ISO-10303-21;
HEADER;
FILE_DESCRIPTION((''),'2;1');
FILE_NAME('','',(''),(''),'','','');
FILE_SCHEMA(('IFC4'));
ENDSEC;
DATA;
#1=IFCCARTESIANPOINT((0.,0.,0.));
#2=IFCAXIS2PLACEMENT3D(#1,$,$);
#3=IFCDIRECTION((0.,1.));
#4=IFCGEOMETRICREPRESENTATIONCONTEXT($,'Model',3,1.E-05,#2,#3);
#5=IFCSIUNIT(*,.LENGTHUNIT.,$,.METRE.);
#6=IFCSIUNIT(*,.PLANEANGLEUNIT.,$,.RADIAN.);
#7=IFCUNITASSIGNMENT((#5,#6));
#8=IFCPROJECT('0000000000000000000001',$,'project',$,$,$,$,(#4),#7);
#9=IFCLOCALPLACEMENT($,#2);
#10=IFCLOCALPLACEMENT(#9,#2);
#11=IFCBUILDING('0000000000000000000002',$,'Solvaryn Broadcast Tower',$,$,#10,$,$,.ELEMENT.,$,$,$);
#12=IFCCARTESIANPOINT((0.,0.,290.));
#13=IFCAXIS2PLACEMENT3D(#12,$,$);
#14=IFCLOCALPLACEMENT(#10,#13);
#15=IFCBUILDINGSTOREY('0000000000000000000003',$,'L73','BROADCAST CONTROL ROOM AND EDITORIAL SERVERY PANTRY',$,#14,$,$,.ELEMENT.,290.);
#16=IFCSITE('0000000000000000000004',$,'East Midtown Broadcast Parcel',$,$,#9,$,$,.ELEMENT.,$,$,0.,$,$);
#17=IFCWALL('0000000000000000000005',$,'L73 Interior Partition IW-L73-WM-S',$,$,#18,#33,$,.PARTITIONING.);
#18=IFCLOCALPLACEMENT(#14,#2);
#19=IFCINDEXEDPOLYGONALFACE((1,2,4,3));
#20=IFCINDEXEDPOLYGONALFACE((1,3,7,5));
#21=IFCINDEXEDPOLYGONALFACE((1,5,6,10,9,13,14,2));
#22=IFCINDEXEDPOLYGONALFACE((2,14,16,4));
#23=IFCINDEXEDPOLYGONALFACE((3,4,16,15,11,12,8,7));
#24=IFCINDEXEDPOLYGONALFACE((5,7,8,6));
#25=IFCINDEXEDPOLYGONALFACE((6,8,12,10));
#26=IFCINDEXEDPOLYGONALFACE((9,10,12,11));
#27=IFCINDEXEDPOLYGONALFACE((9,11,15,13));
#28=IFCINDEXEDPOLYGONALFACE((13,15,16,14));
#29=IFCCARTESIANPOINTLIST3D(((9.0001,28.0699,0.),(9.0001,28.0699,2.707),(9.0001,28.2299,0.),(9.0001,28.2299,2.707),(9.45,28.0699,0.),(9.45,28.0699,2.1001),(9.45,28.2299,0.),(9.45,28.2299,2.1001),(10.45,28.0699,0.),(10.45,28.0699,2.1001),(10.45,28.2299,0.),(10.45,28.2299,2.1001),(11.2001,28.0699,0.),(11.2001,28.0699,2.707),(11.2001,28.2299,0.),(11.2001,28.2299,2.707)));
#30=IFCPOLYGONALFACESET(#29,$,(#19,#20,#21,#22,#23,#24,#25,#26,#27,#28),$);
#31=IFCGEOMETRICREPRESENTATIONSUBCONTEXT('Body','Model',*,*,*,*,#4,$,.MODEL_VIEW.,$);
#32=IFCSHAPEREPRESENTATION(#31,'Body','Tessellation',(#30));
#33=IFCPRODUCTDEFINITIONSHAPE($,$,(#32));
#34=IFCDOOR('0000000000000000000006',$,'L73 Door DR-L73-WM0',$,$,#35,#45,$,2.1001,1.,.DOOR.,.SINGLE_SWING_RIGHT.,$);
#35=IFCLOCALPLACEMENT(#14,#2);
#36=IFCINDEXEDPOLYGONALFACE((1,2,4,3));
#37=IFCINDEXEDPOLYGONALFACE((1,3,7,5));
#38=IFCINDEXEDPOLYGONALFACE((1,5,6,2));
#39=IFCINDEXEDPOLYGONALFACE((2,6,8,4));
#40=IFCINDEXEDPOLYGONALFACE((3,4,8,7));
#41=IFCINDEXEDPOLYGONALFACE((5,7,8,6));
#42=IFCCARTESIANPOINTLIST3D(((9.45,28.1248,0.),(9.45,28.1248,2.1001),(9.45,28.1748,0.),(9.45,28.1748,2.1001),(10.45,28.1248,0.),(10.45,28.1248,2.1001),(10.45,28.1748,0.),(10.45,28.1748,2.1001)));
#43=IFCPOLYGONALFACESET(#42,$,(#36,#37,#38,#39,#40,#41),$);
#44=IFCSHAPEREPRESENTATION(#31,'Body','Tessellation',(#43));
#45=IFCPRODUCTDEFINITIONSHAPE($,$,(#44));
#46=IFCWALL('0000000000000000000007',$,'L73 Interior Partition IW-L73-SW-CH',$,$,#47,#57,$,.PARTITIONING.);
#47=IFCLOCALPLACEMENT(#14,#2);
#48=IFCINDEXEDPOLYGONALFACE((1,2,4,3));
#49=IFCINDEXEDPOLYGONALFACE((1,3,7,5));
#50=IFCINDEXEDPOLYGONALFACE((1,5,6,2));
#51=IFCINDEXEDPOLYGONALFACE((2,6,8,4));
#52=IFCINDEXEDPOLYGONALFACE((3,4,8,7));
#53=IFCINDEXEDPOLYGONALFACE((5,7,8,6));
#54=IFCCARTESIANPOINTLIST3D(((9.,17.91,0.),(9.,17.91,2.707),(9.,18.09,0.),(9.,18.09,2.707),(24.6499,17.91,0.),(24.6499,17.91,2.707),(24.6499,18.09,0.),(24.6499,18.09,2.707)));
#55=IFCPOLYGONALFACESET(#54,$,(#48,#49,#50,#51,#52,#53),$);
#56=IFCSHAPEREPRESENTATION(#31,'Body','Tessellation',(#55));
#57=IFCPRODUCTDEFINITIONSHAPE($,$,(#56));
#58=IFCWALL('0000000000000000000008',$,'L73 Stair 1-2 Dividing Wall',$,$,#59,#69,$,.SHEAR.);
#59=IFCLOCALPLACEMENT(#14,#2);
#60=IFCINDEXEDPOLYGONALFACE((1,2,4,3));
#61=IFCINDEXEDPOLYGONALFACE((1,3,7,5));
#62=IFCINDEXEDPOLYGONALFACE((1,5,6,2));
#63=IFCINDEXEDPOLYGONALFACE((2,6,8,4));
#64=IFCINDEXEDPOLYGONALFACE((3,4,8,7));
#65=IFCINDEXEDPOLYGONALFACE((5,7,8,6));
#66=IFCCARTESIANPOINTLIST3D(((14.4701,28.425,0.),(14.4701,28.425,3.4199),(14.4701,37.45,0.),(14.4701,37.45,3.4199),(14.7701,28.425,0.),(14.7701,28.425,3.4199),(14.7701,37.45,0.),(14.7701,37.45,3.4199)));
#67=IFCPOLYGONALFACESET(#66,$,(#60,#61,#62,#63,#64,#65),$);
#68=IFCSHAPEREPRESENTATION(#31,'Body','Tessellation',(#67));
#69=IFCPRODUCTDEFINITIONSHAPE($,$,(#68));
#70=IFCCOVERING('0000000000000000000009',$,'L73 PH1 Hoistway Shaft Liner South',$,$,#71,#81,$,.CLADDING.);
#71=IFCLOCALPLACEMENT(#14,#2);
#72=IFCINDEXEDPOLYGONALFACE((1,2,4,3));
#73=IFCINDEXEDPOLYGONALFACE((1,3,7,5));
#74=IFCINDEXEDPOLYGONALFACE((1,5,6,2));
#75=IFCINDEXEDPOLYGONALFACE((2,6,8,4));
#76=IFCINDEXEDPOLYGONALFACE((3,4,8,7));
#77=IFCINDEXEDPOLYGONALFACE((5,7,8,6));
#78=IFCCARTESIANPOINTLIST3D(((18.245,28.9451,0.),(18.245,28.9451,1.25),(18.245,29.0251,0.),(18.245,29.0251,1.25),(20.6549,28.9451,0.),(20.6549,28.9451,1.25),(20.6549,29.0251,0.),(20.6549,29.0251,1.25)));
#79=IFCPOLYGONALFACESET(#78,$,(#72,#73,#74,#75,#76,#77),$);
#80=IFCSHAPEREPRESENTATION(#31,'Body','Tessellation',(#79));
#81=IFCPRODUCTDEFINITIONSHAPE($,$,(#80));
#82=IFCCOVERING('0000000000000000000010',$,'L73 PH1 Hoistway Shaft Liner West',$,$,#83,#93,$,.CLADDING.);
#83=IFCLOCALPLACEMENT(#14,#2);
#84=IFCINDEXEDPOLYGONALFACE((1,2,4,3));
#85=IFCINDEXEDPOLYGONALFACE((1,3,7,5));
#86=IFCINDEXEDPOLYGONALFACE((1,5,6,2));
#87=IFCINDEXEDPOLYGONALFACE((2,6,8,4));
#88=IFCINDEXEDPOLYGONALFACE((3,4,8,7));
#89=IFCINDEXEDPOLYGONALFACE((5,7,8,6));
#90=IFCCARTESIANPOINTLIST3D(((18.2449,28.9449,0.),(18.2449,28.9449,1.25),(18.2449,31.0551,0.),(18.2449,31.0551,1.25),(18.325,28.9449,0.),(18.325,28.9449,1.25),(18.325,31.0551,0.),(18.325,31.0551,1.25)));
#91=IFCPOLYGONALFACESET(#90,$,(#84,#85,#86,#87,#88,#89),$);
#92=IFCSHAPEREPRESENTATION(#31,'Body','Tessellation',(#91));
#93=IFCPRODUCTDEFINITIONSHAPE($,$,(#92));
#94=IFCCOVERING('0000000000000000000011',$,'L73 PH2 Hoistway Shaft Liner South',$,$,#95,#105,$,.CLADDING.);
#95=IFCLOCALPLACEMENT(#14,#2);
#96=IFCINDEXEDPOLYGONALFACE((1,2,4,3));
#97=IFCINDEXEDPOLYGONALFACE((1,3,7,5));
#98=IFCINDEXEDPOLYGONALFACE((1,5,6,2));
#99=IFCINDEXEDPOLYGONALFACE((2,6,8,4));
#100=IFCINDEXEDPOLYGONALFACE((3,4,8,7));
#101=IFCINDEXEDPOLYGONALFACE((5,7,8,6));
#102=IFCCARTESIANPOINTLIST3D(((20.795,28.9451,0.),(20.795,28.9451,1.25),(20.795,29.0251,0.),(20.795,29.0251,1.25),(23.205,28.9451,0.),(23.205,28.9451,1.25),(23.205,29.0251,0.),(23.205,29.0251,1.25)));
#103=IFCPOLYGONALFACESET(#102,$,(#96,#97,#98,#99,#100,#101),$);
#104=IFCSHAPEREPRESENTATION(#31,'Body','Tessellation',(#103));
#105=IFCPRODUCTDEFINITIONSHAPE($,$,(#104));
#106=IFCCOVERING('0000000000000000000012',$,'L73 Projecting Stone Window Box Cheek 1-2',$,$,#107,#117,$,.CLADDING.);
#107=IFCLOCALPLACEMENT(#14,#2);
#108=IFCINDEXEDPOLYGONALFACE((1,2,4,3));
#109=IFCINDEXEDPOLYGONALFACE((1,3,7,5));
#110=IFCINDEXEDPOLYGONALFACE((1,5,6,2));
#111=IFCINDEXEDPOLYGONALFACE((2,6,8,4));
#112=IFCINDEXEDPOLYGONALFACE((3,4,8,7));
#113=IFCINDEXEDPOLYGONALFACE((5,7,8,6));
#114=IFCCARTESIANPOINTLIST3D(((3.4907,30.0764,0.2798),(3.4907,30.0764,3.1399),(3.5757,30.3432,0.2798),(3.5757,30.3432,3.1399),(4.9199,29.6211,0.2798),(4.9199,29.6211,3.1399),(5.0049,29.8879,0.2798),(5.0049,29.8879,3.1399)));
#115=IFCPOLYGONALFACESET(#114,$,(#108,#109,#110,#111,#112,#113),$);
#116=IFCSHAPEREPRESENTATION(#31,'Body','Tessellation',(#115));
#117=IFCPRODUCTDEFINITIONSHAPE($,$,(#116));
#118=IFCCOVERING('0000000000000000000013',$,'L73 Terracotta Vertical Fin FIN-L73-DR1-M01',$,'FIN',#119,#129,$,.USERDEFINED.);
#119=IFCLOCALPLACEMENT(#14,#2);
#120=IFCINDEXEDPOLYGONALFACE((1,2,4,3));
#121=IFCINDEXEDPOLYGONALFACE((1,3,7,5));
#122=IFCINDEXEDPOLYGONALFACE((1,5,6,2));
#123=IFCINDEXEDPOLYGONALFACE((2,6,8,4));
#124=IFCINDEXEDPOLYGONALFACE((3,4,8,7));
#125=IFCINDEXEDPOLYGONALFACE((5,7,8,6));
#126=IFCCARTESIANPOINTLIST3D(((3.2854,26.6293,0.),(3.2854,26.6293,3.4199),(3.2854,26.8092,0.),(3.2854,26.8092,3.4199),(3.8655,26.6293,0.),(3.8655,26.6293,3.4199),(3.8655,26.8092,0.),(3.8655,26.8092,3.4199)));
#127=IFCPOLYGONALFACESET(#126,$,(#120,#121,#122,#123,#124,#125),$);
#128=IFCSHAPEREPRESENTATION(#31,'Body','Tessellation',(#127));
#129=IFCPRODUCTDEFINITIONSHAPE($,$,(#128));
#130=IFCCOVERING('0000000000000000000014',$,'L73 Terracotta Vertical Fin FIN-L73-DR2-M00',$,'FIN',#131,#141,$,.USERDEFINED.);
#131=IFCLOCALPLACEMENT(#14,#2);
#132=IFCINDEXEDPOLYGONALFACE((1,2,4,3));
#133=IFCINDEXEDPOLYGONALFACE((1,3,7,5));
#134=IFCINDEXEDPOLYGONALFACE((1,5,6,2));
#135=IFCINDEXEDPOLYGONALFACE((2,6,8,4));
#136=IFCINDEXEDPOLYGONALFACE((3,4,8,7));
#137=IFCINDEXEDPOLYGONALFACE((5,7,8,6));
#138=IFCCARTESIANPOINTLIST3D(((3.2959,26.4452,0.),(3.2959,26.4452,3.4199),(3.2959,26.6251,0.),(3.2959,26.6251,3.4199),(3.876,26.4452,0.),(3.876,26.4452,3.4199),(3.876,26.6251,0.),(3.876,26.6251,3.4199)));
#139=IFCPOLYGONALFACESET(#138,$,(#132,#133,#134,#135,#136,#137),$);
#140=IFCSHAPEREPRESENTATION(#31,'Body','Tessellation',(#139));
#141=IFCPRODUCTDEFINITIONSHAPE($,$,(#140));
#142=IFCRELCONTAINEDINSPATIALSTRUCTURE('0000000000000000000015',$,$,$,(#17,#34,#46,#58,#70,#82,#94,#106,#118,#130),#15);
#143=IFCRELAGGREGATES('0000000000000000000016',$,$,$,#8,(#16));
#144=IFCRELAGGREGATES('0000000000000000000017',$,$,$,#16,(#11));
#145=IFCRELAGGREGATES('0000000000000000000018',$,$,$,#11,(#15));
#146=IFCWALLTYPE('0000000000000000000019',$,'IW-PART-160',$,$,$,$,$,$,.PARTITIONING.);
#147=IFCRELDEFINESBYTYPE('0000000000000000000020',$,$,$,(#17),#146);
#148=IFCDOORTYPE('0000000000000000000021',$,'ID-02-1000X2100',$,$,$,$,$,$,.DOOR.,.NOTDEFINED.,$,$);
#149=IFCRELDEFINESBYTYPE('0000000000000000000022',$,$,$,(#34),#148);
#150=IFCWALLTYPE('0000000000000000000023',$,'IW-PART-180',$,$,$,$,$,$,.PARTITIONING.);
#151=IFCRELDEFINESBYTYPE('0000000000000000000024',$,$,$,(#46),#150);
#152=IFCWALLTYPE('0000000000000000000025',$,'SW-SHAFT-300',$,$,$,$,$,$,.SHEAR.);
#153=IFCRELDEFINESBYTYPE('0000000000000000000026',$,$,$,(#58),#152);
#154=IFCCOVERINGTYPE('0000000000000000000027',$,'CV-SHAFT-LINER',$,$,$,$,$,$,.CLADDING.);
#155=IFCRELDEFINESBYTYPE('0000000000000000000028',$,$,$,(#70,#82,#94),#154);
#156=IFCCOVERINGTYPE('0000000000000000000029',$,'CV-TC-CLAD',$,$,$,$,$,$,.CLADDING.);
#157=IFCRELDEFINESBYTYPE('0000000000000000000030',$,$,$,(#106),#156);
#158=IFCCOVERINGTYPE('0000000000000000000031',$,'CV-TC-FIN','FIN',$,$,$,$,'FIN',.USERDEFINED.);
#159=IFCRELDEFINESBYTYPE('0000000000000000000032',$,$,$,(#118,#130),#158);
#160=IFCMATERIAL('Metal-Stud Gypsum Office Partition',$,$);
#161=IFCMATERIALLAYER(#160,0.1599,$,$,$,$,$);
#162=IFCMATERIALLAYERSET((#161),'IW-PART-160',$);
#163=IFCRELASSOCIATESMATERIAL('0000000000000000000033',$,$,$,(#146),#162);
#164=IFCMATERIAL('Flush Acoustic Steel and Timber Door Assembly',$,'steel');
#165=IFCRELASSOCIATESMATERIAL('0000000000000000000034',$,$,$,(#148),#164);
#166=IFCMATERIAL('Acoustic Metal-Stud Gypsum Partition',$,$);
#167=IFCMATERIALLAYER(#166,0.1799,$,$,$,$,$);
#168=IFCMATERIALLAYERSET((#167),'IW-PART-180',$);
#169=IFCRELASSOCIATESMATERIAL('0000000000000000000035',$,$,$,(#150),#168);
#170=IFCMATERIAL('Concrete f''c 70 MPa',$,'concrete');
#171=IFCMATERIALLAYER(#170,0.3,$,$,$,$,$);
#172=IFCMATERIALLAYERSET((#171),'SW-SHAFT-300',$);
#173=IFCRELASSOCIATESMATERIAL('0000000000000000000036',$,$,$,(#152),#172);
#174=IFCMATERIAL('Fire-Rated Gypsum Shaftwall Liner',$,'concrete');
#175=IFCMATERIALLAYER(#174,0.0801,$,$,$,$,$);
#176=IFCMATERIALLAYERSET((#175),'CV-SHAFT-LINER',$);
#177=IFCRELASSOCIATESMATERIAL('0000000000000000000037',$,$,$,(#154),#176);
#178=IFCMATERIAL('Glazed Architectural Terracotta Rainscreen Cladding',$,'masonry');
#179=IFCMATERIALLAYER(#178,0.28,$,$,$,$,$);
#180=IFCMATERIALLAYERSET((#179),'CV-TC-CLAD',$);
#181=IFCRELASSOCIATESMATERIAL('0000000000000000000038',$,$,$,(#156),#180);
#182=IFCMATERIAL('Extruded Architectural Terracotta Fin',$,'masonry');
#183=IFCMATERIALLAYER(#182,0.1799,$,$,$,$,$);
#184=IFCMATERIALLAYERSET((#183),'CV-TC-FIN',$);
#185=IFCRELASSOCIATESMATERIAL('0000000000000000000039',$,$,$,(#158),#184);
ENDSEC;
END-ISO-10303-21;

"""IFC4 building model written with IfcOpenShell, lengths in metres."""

from ifc_helpers import new_model, si_unit, direction, frame, frame_2d, origin, origin_2d, place, context, subcontext, project, spatial, rectangle, extrude, material, layer, layer_set, type_object, element, fill, save


model = new_model("IFC4")

# Units and contexts
model_context = context("Model", 3, precision=1e-05, world=origin(), true_north=direction((0.0, 1.0)))
body_context = subcontext(model_context, "Body", "Model", "MODEL_VIEW")
ifc_project = project(units=[si_unit("LENGTHUNIT", "METRE"), si_unit("PLANEANGLEUNIT", "RADIAN")], contexts=[model_context])

# Site, building, storey
site_placement = place(None, origin())
site = spatial("IfcSite", under=ifc_project, at=site_placement, Name="East Midtown Broadcast Parcel", CompositionType="ELEMENT", RefElevation=0.0)
building_placement = place(site_placement, origin())
building = spatial("IfcBuilding", under=site, at=building_placement, Name="Solvaryn Broadcast Tower", CompositionType="ELEMENT")
storey_placement = place(building_placement, frame((0.0, 0.0, 290.0)))
storey = spatial("IfcBuildingStorey", under=building, at=storey_placement, Name="L73", Description="BROADCAST CONTROL ROOM AND EDITORIAL SERVERY PANTRY", CompositionType="ELEMENT", Elevation=290.0)

# Wall, opening, door
ifc_material_1 = material(Name="Metal-Stud Gypsum Office Partition")
ifc_layer_1 = layer(ifc_material_1, 0.1599)
ifc_layer_set_1 = layer_set([ifc_layer_1], Name="IW-PART-160")
wall_type_1 = type_object("IfcWallType", Name="IW-PART-160", PredefinedType="PARTITIONING", material=ifc_layer_set_1)
wall_1_placement = place(storey_placement, frame((9.0, 28.1499, 0.0), z_axis=(0.0, 0.0, 1.0), x_axis=(1.0, 0.0, 0.0)))
wall_1 = element("IfcWall", 1, at=wall_1_placement, inside=storey, type_object=wall_type_1, Name="L73 Interior Partition IW-L73-WM-S", PredefinedType="PARTITIONING", context=body_context, shape_type="SweptSolid", body=[
    extrude(rectangle(XDim=2.2, YDim=0.1599, at=frame_2d((1.1001, 0.0))), origin(), (0.0, 0.0, 1.0), 2.707),
])
opening_1_placement = place(wall_1_placement, frame((0.45, 0.0, 0.0)))
opening_1 = element("IfcOpeningElement", 2, at=opening_1_placement, cuts=wall_1, PredefinedType="OPENING", context=body_context, shape_type="SweptSolid", body=[
    extrude(rectangle(XDim=1.0, YDim=2.1001, at=frame_2d((0.5, 1.05))), frame((0.0, 0.0901, 0.0), z_axis=(0.0, -1.0, 0.0), x_axis=(1.0, 0.0, 0.0)), (0.0, 0.0, 1.0), 0.1799),
])
ifc_material_2 = material(Name="Flush Acoustic Steel and Timber Door Assembly", Category="steel")
door_type_1 = type_object("IfcDoorType", Name="ID-02-1000X2100", OperationType="NOTDEFINED", PredefinedType="DOOR", material=ifc_material_2)
door_1_placement = place(opening_1_placement, origin())
door_1 = element("IfcDoor", 3, at=door_1_placement, inside=storey, type_object=door_type_1, Name="L73 Door DR-L73-WM0", OperationType="SINGLE_SWING_RIGHT", OverallHeight=2.1001, OverallWidth=1.0, PredefinedType="DOOR", context=body_context, shape_type="SweptSolid", body=[
    extrude(rectangle(XDim=1.0, YDim=2.1001, at=frame_2d((0.5, 1.05))), frame((0.0, 0.0249, 0.0), z_axis=(0.0, -1.0, 0.0), x_axis=(1.0, 0.0, 0.0)), (0.0, 0.0, 1.0), 0.05),
])
fill(opening_1, door_1)

# Walls
ifc_material_3 = material(Name="Acoustic Metal-Stud Gypsum Partition")
ifc_layer_2 = layer(ifc_material_3, 0.1799)
ifc_layer_set_2 = layer_set([ifc_layer_2], Name="IW-PART-180")
wall_type_2 = type_object("IfcWallType", Name="IW-PART-180", PredefinedType="PARTITIONING", material=ifc_layer_set_2)
wall_2_placement = place(storey_placement, frame((9.0, 18.0, 0.0), z_axis=(0.0, 0.0, 1.0), x_axis=(1.0, 0.0, 0.0)))
element("IfcWall", 4, at=wall_2_placement, inside=storey, type_object=wall_type_2, Name="L73 Interior Partition IW-L73-SW-CH", PredefinedType="PARTITIONING", context=body_context, shape_type="SweptSolid", body=[
    extrude(rectangle(XDim=15.6499, YDim=0.1799, at=frame_2d((7.825, 0.0))), origin(), (0.0, 0.0, 1.0), 2.707),
])
ifc_material_4 = material(Name="Concrete f'c 70 MPa", Category="concrete")
ifc_layer_3 = layer(ifc_material_4, 0.3)
ifc_layer_set_3 = layer_set([ifc_layer_3], Name="SW-SHAFT-300")
wall_type_3 = type_object("IfcWallType", Name="SW-SHAFT-300", PredefinedType="SHEAR", material=ifc_layer_set_3)
wall_3_placement = place(storey_placement, frame((14.6201, 28.425, 0.0), z_axis=(0.0, 0.0, 1.0), x_axis=(0.0, 1.0, 0.0)))
element("IfcWall", 5, at=wall_3_placement, inside=storey, type_object=wall_type_3, Name="L73 Stair 1-2 Dividing Wall", PredefinedType="SHEAR", context=body_context, shape_type="SweptSolid", body=[
    extrude(rectangle(XDim=9.0249, YDim=0.3, at=frame_2d((4.5125, 0.0))), origin(), (0.0, 0.0, 1.0), 3.4199),
])

# Coverings
ifc_material_5 = material(Name="Fire-Rated Gypsum Shaftwall Liner", Category="concrete")
ifc_layer_4 = layer(ifc_material_5, 0.0801)
ifc_layer_set_4 = layer_set([ifc_layer_4], Name="CV-SHAFT-LINER")
covering_type_1 = type_object("IfcCoveringType", Name="CV-SHAFT-LINER", PredefinedType="CLADDING", material=ifc_layer_set_4)
covering_1_placement = place(storey_placement, frame((19.45, 28.9851, 0.0), z_axis=(0.0, 0.0, 1.0), x_axis=(1.0, 0.0, 0.0)))
element("IfcCovering", 6, at=covering_1_placement, inside=storey, type_object=covering_type_1, Name="L73 PH1 Hoistway Shaft Liner South", PredefinedType="CLADDING", context=body_context, shape_type="SweptSolid", body=[
    extrude(rectangle(XDim=2.4099, YDim=0.0801, at=origin_2d()), origin(), (0.0, 0.0, 1.0), 1.25),
])
covering_2_placement = place(storey_placement, frame((18.2849, 30.0, 0.0), z_axis=(0.0, 0.0, 1.0), x_axis=(1.0, 0.0, 0.0)))
element("IfcCovering", 7, at=covering_2_placement, inside=storey, type_object=covering_type_1, Name="L73 PH1 Hoistway Shaft Liner West", PredefinedType="CLADDING", context=body_context, shape_type="SweptSolid", body=[
    extrude(rectangle(XDim=0.0801, YDim=2.1101, at=origin_2d()), origin(), (0.0, 0.0, 1.0), 1.25),
])
covering_3_placement = place(storey_placement, frame((22.0, 28.9851, 0.0), z_axis=(0.0, 0.0, 1.0), x_axis=(1.0, 0.0, 0.0)))
element("IfcCovering", 8, at=covering_3_placement, inside=storey, type_object=covering_type_1, Name="L73 PH2 Hoistway Shaft Liner South", PredefinedType="CLADDING", context=body_context, shape_type="SweptSolid", body=[
    extrude(rectangle(XDim=2.4099, YDim=0.0801, at=origin_2d()), origin(), (0.0, 0.0, 1.0), 1.25),
])
ifc_material_6 = material(Name="Glazed Architectural Terracotta Rainscreen Cladding", Category="masonry")
ifc_layer_5 = layer(ifc_material_6, 0.28)
ifc_layer_set_5 = layer_set([ifc_layer_5], Name="CV-TC-CLAD")
covering_type_2 = type_object("IfcCoveringType", Name="CV-TC-CLAD", PredefinedType="CLADDING", material=ifc_layer_set_5)
covering_4_placement = place(storey_placement, frame((4.2478, 29.9822, 0.2798), z_axis=(0.0, 0.0, 1.0), x_axis=(-0.303534, -0.952821, 0.0)))
element("IfcCovering", 9, at=covering_4_placement, inside=storey, type_object=covering_type_2, Name="L73 Projecting Stone Window Box Cheek 1-2", PredefinedType="CLADDING", context=body_context, shape_type="SweptSolid", body=[
    extrude(rectangle(XDim=0.28, YDim=1.5, at=origin_2d()), origin(), (0.0, 0.0, 1.0), 2.8601),
])
ifc_material_7 = material(Name="Extruded Architectural Terracotta Fin", Category="masonry")
ifc_layer_6 = layer(ifc_material_7, 0.1799)
ifc_layer_set_6 = layer_set([ifc_layer_6], Name="CV-TC-FIN")
covering_type_3 = type_object("IfcCoveringType", Name="CV-TC-FIN", Description="FIN", ElementType="FIN", PredefinedType="USERDEFINED", material=ifc_layer_set_6)
for number, where, z_axis, x_axis, name in (
    (10, (3.5754, 26.7192, 0.0), (0.0, 0.0, 1.0), (1.0, 0.0, 0.0), "L73 Terracotta Vertical Fin FIN-L73-DR1-M01"),
    (11, (3.5859, 26.5352, 0.0), (0.0, 0.0, 1.0), (1.0, 0.0, 0.0), "L73 Terracotta Vertical Fin FIN-L73-DR2-M00"),
):
    element("IfcCovering", number, at=place(storey_placement, frame(where, z_axis=z_axis, x_axis=x_axis)), inside=storey, type_object=covering_type_3, Name=name, ObjectType="FIN", PredefinedType="USERDEFINED", context=body_context, shape_type="SweptSolid", body=[
        extrude(rectangle(XDim=0.5801, YDim=0.1799, at=origin_2d()), origin(), (0.0, 0.0, 1.0), 3.4199),
    ])

save(model, "model.ifc")
